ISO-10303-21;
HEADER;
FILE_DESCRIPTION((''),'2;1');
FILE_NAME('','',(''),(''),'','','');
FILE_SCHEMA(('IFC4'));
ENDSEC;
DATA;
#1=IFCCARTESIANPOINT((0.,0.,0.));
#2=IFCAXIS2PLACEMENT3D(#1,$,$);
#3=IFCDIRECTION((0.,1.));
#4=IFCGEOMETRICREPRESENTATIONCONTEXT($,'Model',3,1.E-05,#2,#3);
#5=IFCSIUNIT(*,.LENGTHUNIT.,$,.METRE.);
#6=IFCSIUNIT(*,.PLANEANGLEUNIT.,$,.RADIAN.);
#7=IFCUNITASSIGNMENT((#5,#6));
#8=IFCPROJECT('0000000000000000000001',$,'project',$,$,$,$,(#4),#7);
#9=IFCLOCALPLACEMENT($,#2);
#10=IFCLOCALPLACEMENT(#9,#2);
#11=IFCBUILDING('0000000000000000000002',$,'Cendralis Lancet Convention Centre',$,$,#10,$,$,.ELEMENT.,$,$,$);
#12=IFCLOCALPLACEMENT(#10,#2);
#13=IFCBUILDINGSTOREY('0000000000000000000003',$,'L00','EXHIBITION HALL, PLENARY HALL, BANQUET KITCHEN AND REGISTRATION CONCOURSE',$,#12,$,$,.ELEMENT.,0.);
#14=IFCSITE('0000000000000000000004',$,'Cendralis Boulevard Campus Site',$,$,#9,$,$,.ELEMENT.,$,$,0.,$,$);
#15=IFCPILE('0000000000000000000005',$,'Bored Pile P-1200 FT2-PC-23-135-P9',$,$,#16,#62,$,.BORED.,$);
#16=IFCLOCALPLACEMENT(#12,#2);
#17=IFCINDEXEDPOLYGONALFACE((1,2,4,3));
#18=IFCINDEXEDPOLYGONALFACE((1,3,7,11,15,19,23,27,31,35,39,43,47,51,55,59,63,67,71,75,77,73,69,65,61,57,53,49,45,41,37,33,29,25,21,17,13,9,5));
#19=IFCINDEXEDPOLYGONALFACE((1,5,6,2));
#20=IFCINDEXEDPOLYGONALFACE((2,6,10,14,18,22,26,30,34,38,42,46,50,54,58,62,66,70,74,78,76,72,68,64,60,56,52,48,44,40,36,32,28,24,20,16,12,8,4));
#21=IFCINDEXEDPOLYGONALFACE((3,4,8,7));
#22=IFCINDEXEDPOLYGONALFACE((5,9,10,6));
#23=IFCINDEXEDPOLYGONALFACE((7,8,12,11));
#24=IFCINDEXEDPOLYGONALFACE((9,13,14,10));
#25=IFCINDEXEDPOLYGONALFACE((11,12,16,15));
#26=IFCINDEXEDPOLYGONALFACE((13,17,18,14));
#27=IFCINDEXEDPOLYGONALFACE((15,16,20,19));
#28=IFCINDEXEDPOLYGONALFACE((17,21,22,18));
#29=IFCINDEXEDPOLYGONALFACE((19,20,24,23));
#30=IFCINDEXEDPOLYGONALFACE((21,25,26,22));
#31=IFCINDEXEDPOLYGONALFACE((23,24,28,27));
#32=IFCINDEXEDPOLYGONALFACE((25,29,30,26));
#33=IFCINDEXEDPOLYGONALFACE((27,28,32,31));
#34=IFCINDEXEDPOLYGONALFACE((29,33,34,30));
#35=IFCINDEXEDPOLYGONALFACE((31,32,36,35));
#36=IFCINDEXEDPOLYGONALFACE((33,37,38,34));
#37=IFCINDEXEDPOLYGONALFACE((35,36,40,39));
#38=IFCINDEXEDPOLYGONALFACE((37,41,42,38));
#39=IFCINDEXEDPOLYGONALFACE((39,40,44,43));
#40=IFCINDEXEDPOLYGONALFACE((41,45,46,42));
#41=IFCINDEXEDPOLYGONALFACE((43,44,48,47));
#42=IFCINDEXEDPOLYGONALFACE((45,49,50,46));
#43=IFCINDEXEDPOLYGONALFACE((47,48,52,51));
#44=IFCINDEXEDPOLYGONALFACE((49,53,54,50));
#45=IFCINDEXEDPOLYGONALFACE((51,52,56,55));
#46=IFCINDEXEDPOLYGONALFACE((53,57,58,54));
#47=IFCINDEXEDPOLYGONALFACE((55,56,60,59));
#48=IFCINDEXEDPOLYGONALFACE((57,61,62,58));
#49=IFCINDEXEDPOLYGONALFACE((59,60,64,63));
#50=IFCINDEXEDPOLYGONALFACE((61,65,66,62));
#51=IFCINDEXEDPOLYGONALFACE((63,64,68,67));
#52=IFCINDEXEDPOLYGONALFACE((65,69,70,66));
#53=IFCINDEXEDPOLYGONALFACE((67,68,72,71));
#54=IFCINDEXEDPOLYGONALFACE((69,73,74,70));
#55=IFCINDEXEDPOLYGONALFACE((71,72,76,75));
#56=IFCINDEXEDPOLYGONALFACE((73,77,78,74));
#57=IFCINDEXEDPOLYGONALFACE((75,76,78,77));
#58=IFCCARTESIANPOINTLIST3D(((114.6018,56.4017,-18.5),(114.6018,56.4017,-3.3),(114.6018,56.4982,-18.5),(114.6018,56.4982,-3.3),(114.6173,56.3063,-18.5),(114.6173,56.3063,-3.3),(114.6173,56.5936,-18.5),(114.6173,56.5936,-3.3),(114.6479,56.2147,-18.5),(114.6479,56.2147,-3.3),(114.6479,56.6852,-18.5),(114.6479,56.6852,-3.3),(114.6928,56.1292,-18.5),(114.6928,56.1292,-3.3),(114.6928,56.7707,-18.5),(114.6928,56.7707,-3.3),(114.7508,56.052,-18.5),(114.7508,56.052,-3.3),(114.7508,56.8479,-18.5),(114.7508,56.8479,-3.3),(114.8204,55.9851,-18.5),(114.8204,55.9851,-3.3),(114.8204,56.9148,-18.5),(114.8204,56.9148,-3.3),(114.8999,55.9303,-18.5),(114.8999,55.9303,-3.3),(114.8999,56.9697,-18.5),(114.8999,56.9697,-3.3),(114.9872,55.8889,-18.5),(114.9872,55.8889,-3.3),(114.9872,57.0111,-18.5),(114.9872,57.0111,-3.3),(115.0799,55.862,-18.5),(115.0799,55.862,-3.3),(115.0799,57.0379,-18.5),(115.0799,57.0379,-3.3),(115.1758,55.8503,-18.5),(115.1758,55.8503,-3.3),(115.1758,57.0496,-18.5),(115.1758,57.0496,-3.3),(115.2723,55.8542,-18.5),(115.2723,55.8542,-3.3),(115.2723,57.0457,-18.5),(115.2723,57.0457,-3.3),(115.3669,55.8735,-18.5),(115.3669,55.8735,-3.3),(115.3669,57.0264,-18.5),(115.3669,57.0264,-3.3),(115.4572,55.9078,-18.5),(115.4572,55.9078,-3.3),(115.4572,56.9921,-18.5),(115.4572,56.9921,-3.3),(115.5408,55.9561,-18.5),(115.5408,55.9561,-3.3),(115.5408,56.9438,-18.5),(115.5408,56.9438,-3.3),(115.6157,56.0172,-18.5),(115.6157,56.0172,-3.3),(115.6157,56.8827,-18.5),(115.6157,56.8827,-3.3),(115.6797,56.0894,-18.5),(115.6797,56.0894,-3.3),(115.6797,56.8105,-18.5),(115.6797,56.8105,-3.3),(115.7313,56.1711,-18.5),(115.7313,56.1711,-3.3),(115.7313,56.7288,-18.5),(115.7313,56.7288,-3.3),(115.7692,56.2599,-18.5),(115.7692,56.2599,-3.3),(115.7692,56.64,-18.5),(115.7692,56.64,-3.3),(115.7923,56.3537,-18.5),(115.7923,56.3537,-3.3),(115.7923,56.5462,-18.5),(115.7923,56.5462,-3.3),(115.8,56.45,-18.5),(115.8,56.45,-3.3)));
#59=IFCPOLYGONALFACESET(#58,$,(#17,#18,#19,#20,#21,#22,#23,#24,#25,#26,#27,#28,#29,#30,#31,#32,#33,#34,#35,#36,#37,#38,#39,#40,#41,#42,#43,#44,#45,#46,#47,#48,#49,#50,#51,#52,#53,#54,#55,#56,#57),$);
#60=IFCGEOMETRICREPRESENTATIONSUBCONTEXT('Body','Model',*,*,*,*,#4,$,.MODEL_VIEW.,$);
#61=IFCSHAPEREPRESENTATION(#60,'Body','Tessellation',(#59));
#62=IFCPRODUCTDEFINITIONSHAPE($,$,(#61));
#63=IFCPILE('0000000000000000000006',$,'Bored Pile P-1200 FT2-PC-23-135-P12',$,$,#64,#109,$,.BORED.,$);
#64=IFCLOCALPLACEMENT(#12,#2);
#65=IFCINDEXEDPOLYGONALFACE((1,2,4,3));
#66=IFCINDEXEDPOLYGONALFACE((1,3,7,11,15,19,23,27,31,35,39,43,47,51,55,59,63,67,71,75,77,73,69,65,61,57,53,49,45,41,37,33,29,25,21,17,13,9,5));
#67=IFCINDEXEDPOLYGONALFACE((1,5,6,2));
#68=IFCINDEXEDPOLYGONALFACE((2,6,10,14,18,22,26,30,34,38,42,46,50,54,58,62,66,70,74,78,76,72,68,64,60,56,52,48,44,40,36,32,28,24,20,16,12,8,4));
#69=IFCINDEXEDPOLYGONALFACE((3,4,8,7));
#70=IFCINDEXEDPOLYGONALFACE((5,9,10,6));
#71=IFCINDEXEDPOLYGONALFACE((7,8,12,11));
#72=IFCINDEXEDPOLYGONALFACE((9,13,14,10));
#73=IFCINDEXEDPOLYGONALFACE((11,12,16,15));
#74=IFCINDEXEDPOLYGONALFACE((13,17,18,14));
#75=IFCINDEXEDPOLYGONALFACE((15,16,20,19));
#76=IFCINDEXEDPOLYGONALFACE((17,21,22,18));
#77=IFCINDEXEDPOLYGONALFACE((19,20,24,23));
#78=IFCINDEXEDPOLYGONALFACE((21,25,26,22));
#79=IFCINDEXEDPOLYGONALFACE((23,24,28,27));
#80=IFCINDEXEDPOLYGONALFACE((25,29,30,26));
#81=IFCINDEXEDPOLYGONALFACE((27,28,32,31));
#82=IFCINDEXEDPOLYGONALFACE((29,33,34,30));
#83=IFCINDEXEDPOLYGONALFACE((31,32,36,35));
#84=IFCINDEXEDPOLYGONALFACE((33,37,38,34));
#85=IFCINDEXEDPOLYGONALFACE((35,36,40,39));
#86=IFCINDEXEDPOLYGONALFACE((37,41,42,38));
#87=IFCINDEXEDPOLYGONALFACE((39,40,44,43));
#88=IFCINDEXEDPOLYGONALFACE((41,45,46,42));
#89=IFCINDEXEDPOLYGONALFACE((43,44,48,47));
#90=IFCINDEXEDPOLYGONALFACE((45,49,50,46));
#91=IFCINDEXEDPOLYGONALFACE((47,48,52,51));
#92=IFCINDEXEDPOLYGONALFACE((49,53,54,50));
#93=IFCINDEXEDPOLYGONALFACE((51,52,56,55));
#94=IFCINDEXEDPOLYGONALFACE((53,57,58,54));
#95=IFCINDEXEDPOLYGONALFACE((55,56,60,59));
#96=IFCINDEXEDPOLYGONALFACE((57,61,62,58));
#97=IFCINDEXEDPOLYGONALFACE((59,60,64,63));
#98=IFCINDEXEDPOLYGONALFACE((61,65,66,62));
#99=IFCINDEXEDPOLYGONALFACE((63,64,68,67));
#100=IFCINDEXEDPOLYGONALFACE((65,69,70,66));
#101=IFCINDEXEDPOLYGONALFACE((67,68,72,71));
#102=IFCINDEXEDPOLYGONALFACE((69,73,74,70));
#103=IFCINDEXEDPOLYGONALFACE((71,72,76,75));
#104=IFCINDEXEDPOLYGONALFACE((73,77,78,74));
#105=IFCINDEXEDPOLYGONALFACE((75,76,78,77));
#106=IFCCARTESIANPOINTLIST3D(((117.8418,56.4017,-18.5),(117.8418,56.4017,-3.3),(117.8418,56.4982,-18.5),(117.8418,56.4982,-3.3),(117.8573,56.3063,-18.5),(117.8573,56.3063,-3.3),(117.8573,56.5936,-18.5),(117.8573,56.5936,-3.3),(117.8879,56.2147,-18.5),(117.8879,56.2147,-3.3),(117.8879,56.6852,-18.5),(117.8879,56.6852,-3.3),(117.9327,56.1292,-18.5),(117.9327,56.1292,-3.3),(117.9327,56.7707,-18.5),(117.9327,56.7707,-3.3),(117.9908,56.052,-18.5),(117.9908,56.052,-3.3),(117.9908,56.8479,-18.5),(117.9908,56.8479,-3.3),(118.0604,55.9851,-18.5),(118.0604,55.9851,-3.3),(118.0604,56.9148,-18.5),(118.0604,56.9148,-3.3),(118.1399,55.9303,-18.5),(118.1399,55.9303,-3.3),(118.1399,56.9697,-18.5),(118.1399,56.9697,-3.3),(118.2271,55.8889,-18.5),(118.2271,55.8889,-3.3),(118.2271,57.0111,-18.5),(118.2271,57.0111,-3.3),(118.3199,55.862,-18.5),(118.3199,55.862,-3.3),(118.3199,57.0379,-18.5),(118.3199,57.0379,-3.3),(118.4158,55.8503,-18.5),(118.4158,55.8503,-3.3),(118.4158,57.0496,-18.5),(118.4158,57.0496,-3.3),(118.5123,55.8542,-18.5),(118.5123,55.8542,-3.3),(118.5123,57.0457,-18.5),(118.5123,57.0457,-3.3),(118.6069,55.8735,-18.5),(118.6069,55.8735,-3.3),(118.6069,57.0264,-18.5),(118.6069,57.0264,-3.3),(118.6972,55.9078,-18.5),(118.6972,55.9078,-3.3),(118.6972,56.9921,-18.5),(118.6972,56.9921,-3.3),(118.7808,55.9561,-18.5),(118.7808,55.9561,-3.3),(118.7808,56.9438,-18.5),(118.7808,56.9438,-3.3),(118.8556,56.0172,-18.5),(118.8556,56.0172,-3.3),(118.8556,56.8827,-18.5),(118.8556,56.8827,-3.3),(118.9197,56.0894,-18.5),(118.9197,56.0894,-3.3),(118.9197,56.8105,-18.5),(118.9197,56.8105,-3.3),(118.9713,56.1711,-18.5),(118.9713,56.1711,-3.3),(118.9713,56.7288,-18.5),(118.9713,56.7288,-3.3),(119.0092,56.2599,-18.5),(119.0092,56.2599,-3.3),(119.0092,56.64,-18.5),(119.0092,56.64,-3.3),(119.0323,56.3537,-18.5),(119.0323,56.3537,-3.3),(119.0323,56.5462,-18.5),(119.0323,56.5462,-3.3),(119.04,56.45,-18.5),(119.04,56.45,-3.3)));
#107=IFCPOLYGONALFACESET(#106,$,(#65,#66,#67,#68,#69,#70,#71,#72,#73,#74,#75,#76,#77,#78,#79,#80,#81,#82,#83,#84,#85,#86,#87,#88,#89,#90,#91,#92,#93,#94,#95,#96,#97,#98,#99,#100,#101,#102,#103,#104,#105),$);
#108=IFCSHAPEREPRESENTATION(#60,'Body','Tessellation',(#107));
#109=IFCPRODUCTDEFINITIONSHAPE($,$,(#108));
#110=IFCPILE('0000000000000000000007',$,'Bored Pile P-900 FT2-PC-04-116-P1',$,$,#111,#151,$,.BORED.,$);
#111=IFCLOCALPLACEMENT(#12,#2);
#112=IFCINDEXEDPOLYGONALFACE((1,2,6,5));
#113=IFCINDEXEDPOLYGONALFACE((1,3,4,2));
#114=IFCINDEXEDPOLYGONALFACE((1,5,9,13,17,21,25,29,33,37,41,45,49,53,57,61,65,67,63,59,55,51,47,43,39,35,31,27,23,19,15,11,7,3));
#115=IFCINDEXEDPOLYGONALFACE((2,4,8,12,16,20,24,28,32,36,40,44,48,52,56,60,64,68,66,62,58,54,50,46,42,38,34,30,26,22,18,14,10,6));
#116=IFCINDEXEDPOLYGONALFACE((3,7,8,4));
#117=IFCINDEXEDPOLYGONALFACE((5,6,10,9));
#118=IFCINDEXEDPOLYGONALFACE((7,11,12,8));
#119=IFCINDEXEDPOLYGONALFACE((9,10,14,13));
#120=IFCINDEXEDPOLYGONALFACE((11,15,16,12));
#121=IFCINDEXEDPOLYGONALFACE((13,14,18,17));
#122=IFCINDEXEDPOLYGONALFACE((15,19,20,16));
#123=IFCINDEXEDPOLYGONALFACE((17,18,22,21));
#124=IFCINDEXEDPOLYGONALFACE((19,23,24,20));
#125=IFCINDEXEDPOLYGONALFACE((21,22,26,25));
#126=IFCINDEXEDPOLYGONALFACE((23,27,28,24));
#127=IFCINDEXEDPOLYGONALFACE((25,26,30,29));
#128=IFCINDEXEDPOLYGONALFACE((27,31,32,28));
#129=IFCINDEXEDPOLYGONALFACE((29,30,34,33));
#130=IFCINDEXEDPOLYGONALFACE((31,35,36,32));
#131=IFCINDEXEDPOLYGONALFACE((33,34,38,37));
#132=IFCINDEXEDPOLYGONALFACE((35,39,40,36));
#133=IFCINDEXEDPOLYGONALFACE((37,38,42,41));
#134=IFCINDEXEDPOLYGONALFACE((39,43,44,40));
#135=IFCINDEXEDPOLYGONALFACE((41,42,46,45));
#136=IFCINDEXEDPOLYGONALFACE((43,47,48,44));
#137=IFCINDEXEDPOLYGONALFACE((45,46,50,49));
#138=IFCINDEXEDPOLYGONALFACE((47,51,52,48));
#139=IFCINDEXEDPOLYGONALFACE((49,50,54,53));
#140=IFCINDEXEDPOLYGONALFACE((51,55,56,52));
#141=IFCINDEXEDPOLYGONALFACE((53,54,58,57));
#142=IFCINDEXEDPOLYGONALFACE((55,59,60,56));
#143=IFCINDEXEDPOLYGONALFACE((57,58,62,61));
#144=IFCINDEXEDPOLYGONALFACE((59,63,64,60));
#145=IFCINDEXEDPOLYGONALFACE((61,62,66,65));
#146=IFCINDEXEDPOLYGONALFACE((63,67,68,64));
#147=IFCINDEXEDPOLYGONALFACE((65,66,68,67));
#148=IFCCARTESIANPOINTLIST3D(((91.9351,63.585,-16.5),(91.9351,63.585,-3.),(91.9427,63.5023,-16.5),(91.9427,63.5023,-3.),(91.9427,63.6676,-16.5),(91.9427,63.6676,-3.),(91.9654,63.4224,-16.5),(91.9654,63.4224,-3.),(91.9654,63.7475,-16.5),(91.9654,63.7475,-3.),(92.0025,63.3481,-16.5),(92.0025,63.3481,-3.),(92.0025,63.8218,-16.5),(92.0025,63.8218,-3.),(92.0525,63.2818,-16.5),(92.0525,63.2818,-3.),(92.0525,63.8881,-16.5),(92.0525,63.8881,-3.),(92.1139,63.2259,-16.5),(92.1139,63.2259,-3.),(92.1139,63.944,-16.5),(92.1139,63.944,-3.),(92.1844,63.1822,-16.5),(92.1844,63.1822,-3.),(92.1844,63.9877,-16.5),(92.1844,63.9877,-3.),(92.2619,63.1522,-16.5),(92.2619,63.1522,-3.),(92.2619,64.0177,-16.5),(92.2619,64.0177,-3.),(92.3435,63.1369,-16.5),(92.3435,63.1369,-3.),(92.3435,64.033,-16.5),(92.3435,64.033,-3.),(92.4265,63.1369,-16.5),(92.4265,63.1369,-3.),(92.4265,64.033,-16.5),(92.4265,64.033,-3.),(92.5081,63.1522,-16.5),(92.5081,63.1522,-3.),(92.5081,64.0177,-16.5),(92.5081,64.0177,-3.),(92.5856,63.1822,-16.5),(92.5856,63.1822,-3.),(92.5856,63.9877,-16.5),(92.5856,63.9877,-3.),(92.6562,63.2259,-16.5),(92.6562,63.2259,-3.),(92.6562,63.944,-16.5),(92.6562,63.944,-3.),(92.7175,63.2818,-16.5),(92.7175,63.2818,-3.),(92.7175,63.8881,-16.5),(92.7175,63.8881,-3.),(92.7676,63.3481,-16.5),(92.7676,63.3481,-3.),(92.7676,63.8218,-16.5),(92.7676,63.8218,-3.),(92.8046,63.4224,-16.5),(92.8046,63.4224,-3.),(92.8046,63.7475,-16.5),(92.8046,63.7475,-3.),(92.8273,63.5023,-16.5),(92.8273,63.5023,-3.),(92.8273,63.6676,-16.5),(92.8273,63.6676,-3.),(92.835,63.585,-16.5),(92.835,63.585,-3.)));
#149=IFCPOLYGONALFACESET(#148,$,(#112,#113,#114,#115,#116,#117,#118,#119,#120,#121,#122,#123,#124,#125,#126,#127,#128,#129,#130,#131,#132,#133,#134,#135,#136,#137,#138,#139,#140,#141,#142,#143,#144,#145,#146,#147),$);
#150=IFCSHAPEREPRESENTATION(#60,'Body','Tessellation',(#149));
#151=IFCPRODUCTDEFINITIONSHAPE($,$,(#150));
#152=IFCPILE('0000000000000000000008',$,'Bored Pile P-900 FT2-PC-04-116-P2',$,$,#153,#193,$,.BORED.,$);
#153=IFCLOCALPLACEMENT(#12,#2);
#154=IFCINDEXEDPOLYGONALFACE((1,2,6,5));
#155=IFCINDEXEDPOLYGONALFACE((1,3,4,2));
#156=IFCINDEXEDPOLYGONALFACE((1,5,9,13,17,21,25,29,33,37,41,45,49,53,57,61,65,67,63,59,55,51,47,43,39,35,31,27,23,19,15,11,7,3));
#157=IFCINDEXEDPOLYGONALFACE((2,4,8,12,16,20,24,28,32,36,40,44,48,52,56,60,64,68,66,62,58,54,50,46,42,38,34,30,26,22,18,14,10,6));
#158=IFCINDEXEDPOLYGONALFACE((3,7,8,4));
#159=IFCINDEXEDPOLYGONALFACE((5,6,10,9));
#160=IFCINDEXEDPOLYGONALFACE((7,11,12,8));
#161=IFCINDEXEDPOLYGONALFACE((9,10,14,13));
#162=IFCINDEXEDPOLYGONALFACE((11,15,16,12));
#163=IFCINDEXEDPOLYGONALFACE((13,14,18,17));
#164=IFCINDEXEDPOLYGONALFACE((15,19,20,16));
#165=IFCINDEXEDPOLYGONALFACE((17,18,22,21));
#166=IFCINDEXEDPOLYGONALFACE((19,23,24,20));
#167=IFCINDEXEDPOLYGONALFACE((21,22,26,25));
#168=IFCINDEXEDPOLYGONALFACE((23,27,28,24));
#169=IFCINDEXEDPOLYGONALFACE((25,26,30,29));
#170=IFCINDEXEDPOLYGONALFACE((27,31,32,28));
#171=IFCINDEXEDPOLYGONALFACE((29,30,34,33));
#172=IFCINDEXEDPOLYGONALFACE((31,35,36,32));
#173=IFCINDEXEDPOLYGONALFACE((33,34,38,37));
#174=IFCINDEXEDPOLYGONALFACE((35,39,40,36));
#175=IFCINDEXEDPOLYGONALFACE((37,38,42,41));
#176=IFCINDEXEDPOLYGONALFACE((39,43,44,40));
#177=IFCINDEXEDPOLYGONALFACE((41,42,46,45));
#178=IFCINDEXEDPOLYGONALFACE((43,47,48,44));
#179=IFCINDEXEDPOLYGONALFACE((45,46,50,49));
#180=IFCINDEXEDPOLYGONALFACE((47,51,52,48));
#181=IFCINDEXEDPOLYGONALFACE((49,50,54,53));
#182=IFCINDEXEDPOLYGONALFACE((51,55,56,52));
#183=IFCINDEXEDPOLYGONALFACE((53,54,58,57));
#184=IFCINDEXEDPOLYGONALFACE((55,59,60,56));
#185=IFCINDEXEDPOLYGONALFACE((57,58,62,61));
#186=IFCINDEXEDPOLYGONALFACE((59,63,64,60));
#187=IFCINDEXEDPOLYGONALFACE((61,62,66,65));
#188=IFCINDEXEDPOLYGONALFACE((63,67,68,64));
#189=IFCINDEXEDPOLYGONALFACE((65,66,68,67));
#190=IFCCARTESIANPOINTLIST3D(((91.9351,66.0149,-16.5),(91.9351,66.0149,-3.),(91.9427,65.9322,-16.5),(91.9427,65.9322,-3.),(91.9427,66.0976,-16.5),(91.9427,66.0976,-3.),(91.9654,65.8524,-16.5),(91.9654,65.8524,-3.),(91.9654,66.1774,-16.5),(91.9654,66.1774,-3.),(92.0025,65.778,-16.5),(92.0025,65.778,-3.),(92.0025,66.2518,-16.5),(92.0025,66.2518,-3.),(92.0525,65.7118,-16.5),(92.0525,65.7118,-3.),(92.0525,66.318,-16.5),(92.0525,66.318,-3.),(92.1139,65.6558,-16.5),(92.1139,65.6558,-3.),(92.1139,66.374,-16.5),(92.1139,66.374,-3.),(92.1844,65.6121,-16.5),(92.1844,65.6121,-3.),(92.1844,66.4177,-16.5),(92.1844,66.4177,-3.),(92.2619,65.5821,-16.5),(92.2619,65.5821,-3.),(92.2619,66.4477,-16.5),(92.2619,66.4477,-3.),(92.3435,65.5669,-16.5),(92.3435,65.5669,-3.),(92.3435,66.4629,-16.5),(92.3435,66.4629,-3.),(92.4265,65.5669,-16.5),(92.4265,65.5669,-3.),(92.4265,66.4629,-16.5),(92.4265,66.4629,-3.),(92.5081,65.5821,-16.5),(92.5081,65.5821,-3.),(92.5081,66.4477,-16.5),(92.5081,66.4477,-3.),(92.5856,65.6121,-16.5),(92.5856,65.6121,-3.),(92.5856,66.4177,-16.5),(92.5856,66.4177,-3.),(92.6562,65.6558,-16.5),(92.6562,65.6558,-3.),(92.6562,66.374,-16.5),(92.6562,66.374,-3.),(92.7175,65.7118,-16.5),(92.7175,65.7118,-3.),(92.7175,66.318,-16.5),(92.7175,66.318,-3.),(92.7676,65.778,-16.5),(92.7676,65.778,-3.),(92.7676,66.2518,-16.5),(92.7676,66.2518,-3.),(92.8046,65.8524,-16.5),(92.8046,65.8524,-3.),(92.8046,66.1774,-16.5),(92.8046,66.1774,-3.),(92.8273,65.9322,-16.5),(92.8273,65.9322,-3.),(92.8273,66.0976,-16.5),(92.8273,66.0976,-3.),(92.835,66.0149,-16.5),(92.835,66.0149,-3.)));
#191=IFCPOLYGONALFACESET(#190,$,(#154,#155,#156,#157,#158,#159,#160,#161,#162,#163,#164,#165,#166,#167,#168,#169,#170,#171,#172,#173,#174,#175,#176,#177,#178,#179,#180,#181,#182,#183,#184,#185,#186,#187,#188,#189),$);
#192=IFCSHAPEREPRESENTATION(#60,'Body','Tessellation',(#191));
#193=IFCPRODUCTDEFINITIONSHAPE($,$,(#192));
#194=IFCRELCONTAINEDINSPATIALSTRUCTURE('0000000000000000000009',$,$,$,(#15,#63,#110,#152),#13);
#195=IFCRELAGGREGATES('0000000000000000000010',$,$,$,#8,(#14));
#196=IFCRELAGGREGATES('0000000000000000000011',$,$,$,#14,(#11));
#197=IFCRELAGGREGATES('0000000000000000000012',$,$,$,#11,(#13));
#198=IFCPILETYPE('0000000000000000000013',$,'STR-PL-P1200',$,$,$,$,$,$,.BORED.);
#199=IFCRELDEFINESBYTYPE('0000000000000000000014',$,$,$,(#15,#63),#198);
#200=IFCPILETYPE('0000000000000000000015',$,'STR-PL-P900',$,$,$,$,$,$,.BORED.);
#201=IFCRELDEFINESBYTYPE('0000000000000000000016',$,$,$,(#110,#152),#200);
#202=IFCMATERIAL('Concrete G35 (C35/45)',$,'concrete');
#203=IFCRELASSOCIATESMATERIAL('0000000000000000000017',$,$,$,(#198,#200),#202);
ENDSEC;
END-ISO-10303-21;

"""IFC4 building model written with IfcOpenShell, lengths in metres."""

from ifc_helpers import new_model, si_unit, direction, frame, origin, origin_2d, place, context, subcontext, project, spatial, circle, extrude, material, material_profile, profile_set, type_object, element, save


model = new_model("IFC4")

# Units and contexts
model_context = context("Model", 3, precision=1e-05, world=origin(), true_north=direction((0.0, 1.0)))
body_context = subcontext(model_context, "Body", "Model", "MODEL_VIEW")
ifc_project = project(units=[si_unit("LENGTHUNIT", "METRE"), si_unit("PLANEANGLEUNIT", "RADIAN")], contexts=[model_context])

# Site, building, storey
site_placement = place(None, origin())
site = spatial("IfcSite", under=ifc_project, at=site_placement, Name="Cendralis Boulevard Campus Site", CompositionType="ELEMENT", RefElevation=0.0)
building_placement = place(site_placement, origin())
building = spatial("IfcBuilding", under=site, at=building_placement, Name="Cendralis Lancet Convention Centre", CompositionType="ELEMENT")
storey_placement = place(building_placement, origin())
storey = spatial("IfcBuildingStorey", under=building, at=storey_placement, Name="L00", Description="EXHIBITION HALL, PLENARY HALL, BANQUET KITCHEN AND REGISTRATION CONCOURSE", CompositionType="ELEMENT", Elevation=0.0)

# Shared definitions
ifc_material_1 = material(Name="Concrete G35 (C35/45)", Category="concrete")

# Piles
ifc_material_profile_1 = material_profile(ifc_material_1, circle(Radius=0.6001, at=origin_2d()), Name="BORED PILE D1200")
ifc_profile_set_1 = profile_set([ifc_material_profile_1], Name="Concrete G35 (C35/45)")
pile_type_1 = type_object("IfcPileType", Name="STR-PL-P1200", PredefinedType="BORED", material=ifc_profile_set_1)
for number, where, z_axis, x_axis, name in (
    (1, (115.2, 56.45, -3.3), (0.0, 0.0, -1.0), (1.0, 0.0, 0.0), "Bored Pile P-1200 FT2-PC-23-135-P9"),
    (2, (118.4399, 56.45, -3.3), (0.0, 0.0, -1.0), (1.0, 0.0, 0.0), "Bored Pile P-1200 FT2-PC-23-135-P12"),
):
    element("IfcPile", number, at=place(storey_placement, frame(where, z_axis=z_axis, x_axis=x_axis)), inside=storey, type_object=pile_type_1, Name=name, PredefinedType="BORED", context=body_context, shape_type="SweptSolid", body=[
        extrude(circle(Radius=0.6001, at=origin_2d()), origin(), (0.0, 0.0, 1.0), 15.2),
    ])
ifc_material_profile_2 = material_profile(ifc_material_1, circle(Radius=0.45, at=origin_2d()), Name="BORED PILE D900")
ifc_profile_set_2 = profile_set([ifc_material_profile_2], Name="Concrete G35 (C35/45)")
pile_type_2 = type_object("IfcPileType", Name="STR-PL-P900", PredefinedType="BORED", material=ifc_profile_set_2)
for number, where, z_axis, x_axis, name in (
    (3, (92.385, 63.585, -3.0), (0.0, 0.0, -1.0), (1.0, 0.0, 0.0), "Bored Pile P-900 FT2-PC-04-116-P1"),
    (4, (92.385, 66.0149, -3.0), (0.0, 0.0, -1.0), (1.0, 0.0, 0.0), "Bored Pile P-900 FT2-PC-04-116-P2"),
):
    element("IfcPile", number, at=place(storey_placement, frame(where, z_axis=z_axis, x_axis=x_axis)), inside=storey, type_object=pile_type_2, Name=name, PredefinedType="BORED", context=body_context, shape_type="SweptSolid", body=[
        extrude(circle(Radius=0.45, at=origin_2d()), origin(), (0.0, 0.0, 1.0), 13.5),
    ])

save(model, "model.ifc")
